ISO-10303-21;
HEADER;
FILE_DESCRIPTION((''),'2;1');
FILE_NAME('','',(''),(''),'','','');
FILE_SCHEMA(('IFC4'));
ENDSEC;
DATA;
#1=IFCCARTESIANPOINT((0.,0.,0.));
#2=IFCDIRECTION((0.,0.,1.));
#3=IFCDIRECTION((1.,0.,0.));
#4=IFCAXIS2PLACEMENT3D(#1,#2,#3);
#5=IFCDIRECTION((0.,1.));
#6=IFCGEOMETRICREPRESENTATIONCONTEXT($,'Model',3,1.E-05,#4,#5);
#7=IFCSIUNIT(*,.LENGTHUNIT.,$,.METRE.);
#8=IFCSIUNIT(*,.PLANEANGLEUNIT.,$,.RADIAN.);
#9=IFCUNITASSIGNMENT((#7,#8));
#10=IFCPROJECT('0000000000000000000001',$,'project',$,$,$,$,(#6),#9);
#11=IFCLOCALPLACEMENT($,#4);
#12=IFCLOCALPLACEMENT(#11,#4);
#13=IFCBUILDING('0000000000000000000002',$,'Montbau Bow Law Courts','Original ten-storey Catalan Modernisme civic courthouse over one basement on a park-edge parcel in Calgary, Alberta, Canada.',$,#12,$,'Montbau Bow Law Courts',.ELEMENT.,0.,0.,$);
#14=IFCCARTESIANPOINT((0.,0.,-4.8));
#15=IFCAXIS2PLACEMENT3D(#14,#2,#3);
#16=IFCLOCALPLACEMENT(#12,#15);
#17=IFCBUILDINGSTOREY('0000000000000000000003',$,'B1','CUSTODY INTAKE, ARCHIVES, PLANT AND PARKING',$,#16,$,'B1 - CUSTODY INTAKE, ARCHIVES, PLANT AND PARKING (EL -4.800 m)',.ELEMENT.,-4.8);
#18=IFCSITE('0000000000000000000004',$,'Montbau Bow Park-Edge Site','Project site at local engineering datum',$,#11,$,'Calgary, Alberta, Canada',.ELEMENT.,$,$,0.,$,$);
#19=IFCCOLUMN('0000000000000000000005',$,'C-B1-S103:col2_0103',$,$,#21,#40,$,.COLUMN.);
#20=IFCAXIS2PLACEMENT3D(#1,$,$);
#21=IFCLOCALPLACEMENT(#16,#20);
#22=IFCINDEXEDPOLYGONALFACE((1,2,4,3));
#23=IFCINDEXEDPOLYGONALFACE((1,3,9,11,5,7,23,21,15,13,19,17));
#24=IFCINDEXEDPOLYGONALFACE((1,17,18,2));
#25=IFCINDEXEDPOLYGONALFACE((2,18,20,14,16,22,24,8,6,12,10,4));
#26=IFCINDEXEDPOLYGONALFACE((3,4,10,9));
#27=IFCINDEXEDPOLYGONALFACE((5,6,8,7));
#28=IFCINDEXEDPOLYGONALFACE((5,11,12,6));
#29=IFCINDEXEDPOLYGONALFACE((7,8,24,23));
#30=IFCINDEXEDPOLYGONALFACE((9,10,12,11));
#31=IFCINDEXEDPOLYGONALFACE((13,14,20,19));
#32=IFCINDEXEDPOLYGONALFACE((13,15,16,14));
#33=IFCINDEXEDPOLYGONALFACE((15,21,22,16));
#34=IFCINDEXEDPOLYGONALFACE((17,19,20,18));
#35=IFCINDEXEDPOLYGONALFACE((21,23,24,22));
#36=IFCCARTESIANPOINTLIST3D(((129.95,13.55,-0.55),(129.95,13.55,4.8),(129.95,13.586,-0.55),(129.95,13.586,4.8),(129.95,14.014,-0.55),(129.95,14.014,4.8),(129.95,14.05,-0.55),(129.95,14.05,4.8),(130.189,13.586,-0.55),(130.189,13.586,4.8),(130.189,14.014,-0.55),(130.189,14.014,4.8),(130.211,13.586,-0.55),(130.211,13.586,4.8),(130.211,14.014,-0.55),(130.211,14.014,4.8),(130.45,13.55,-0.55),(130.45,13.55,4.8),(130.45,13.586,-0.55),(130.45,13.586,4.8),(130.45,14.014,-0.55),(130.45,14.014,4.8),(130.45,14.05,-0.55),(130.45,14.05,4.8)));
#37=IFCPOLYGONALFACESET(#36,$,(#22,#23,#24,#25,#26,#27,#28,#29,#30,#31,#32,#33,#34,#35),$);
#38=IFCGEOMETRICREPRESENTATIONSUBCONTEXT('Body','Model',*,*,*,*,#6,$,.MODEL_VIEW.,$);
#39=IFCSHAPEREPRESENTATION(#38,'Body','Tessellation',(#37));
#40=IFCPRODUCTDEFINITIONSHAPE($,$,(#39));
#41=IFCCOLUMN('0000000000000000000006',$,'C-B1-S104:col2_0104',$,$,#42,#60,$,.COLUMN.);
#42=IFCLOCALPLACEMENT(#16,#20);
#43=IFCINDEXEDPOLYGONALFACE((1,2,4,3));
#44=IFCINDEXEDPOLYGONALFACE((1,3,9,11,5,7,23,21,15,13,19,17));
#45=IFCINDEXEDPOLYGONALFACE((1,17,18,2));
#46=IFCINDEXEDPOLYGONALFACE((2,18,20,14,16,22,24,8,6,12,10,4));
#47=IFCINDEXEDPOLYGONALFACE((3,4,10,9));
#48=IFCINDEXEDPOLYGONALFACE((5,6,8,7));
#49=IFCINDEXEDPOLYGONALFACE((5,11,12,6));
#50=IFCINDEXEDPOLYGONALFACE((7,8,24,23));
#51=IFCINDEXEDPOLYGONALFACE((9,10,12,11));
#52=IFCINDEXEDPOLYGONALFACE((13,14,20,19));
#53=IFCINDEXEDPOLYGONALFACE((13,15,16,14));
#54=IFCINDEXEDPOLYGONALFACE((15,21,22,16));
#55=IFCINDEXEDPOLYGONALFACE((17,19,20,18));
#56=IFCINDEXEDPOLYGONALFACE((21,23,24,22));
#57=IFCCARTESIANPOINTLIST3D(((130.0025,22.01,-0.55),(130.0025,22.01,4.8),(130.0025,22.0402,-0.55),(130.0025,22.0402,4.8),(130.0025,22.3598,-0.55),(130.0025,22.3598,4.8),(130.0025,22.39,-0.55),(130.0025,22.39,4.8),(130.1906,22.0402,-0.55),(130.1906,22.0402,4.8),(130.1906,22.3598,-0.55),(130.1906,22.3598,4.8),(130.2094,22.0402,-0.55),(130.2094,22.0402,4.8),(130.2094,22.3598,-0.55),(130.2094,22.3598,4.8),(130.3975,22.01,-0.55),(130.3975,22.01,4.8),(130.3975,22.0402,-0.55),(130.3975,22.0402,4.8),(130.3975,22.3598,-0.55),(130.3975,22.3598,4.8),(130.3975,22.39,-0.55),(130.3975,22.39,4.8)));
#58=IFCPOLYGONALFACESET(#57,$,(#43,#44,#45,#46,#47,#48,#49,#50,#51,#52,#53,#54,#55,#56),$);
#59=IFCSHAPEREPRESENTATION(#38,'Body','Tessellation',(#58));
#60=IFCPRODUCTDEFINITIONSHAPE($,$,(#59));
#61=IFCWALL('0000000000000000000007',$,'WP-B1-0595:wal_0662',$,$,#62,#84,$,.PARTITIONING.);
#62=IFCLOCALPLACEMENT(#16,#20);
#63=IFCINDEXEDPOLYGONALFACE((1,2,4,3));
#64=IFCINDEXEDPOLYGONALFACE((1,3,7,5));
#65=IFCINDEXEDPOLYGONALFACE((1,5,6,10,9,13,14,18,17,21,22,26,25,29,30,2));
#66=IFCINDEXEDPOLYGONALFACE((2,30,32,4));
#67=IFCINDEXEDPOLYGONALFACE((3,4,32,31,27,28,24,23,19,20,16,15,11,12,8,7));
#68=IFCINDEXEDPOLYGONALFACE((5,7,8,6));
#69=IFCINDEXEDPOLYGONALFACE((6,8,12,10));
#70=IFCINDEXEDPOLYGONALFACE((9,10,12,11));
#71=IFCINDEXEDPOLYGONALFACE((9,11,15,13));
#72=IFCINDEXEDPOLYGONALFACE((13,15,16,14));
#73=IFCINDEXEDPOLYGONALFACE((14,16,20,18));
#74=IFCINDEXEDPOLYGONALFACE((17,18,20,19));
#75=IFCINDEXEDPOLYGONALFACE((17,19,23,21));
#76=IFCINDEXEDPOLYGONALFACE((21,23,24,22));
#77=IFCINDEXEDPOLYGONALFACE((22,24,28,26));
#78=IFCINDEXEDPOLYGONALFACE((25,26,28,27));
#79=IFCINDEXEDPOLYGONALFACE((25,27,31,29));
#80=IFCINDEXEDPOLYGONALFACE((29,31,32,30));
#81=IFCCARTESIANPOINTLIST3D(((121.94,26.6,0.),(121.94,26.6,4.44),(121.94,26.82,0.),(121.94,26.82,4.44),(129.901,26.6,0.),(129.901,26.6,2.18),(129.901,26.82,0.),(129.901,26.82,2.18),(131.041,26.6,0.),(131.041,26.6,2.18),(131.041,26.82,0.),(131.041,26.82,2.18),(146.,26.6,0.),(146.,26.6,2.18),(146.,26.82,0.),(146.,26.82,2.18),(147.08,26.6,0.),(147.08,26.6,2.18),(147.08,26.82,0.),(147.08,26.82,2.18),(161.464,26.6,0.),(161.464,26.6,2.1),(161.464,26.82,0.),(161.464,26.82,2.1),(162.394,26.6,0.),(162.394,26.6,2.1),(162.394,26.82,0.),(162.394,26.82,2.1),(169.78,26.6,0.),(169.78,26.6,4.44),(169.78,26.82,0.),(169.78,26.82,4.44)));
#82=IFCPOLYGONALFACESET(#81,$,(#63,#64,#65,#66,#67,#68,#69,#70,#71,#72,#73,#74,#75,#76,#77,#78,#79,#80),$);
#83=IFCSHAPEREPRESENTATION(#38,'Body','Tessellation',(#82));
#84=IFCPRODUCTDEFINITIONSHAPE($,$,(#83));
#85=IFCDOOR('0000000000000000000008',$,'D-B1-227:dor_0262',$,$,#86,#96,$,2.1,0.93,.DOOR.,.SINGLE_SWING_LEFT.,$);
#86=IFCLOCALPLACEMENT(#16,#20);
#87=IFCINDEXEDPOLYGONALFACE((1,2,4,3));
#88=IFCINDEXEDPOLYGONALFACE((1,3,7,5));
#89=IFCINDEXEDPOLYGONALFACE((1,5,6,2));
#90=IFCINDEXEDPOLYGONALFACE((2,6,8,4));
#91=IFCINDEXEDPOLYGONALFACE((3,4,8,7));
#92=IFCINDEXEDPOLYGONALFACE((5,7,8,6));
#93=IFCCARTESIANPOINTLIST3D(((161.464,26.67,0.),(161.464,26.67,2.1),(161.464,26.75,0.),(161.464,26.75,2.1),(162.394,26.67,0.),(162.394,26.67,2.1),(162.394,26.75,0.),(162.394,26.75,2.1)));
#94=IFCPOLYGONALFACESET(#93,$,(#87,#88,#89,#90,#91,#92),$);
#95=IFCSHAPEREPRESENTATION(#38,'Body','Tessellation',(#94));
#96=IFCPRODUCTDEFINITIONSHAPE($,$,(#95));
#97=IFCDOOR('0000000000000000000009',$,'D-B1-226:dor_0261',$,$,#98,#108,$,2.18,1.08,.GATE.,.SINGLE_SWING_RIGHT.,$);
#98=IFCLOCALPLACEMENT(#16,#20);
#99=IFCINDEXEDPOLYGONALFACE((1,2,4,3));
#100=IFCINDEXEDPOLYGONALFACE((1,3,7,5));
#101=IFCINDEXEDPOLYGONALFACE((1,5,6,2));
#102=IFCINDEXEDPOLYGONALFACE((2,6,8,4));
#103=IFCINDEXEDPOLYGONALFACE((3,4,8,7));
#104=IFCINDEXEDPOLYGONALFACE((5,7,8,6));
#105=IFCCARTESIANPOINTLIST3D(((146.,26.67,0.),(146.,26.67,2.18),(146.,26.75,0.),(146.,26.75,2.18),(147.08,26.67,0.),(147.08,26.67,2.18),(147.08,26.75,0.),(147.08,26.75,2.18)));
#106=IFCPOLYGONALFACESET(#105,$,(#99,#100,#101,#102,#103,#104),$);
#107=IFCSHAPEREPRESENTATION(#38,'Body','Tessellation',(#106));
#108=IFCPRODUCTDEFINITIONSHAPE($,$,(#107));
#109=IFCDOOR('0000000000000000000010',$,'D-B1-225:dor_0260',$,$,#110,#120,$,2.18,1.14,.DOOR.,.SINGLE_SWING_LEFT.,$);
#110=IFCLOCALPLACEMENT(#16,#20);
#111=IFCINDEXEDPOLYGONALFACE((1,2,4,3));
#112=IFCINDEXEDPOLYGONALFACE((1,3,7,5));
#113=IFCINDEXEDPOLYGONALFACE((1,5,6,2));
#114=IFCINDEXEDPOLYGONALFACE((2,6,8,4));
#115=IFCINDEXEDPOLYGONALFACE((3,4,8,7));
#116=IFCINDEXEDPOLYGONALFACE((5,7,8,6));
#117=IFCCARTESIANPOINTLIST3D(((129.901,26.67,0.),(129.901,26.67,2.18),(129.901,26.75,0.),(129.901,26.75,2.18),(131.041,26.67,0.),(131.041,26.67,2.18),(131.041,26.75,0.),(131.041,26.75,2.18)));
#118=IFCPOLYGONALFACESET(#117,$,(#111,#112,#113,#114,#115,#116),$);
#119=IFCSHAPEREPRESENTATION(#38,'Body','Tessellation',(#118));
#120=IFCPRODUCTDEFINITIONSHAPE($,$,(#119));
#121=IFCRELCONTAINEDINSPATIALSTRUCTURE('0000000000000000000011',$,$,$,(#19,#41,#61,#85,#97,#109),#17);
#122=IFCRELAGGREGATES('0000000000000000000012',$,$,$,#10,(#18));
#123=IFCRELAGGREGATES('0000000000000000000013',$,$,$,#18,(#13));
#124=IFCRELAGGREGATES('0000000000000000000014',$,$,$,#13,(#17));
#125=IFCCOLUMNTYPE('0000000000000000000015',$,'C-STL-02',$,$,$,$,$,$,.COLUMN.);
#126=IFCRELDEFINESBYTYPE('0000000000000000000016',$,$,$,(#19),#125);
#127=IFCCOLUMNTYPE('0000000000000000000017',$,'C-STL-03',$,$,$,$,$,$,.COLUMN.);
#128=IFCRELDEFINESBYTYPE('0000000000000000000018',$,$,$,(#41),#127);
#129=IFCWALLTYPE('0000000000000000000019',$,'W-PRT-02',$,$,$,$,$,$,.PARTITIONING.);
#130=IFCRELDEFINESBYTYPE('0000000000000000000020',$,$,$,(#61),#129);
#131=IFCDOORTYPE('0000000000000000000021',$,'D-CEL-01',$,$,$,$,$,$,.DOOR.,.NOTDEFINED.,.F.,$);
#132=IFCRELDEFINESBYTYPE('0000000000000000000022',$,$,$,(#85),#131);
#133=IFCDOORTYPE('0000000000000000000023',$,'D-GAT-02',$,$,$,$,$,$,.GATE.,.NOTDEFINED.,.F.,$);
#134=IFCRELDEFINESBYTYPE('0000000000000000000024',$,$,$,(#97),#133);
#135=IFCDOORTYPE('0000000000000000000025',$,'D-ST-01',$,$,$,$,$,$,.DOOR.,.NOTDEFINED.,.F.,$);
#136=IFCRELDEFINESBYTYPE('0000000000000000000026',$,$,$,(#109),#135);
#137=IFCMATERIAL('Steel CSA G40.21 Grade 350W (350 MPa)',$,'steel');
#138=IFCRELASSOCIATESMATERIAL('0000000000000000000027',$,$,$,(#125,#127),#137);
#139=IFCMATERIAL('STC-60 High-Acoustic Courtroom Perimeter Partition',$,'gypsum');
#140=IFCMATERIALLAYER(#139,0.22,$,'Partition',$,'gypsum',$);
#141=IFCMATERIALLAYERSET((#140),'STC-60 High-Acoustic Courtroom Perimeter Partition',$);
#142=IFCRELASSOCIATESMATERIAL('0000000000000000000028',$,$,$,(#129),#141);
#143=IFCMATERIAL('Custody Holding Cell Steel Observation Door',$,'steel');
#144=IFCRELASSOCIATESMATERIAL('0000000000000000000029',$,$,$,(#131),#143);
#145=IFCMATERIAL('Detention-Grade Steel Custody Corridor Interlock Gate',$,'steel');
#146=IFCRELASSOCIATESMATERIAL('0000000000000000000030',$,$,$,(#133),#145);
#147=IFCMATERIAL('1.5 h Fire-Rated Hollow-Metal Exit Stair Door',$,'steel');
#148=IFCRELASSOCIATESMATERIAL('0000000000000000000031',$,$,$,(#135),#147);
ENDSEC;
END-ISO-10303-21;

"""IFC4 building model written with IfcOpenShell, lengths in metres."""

from ifc_helpers import new_model, si_unit, direction, frame, frame_2d, origin_with_axes, origin_2d_with_axis, place, context, subcontext, project, spatial, rectangle, i_section, extrude, material, layer, layer_set, material_profile, profile_set, type_object, element, fill, save


model = new_model("IFC4")

# Units and contexts
model_context = context("Model", 3, precision=1e-05, world=origin_with_axes(), true_north=direction((0.0, 1.0)))
body_context = subcontext(model_context, "Body", "Model", "MODEL_VIEW")
ifc_project = project(units=[si_unit("LENGTHUNIT", "METRE"), si_unit("PLANEANGLEUNIT", "RADIAN")], contexts=[model_context])

# Site, building, storey
site_placement = place(None, origin_with_axes())
site = spatial("IfcSite", under=ifc_project, at=site_placement, Name="Montbau Bow Park-Edge Site", Description="Project site at local engineering datum", LongName="Calgary, Alberta, Canada", CompositionType="ELEMENT", RefElevation=0.0)
building_placement = place(site_placement, origin_with_axes())
building = spatial("IfcBuilding", under=site, at=building_placement, Name="Montbau Bow Law Courts", Description="Original ten-storey Catalan Modernisme civic courthouse over one basement on a park-edge parcel in Calgary, Alberta, Canada.", LongName="Montbau Bow Law Courts", CompositionType="ELEMENT", ElevationOfRefHeight=0.0, ElevationOfTerrain=0.0)
storey_placement = place(building_placement, frame((0.0, 0.0, -4.8), z_axis=(0.0, 0.0, 1.0), x_axis=(1.0, 0.0, 0.0)))
storey = spatial("IfcBuildingStorey", under=building, at=storey_placement, Name="B1", Description="CUSTODY INTAKE, ARCHIVES, PLANT AND PARKING", LongName="B1 - CUSTODY INTAKE, ARCHIVES, PLANT AND PARKING (EL -4.800 m)", CompositionType="ELEMENT", Elevation=-4.8)

# Columns
ifc_material_1 = material(Name="Steel CSA G40.21 Grade 350W (350 MPa)", Category="steel")
ifc_material_profile_1 = material_profile(ifc_material_1, i_section(OverallWidth=0.5, OverallDepth=0.5, WebThickness=0.022, FlangeThickness=0.036, at=origin_2d_with_axis()), Name="WWF500X343", Category="Main", Priority=0)
ifc_profile_set_1 = profile_set([ifc_material_profile_1], Name="Steel CSA G40.21 Grade 350W (350 MPa)")
column_type_1 = type_object("IfcColumnType", Name="C-STL-02", PredefinedType="COLUMN", material=ifc_profile_set_1)
column_1_placement = place(None, frame((130.2, 13.8, -5.35), z_axis=(0.0, 0.0, 1.0), x_axis=(1.0, 0.0, 0.0)))
element("IfcColumn", 1, at=column_1_placement, inside=storey, type_object=column_type_1, Name="C-B1-S103:col2_0103", PredefinedType="COLUMN", context=body_context, shape_type="SweptSolid", body=[
    extrude(i_section(OverallWidth=0.5, OverallDepth=0.5, WebThickness=0.022, FlangeThickness=0.036, at=origin_2d_with_axis()), origin_with_axes(), (0.0, 0.0, 1.0), 5.35),
])
ifc_material_profile_2 = material_profile(ifc_material_1, i_section(OverallWidth=0.395, OverallDepth=0.38, WebThickness=0.0189, FlangeThickness=0.0302, at=origin_2d_with_axis()), Name="W360X237", Category="Main", Priority=0)
ifc_profile_set_2 = profile_set([ifc_material_profile_2], Name="Steel CSA G40.21 Grade 350W (350 MPa)")
column_type_2 = type_object("IfcColumnType", Name="C-STL-03", PredefinedType="COLUMN", material=ifc_profile_set_2)
column_2_placement = place(None, frame((130.2, 22.2, -5.35), z_axis=(0.0, 0.0, 1.0), x_axis=(1.0, 0.0, 0.0)))
element("IfcColumn", 2, at=column_2_placement, inside=storey, type_object=column_type_2, Name="C-B1-S104:col2_0104", PredefinedType="COLUMN", context=body_context, shape_type="SweptSolid", body=[
    extrude(i_section(OverallWidth=0.395, OverallDepth=0.38, WebThickness=0.0189, FlangeThickness=0.0302, at=origin_2d_with_axis()), origin_with_axes(), (0.0, 0.0, 1.0), 5.35),
])

# Wall, openings, doors
ifc_material_2 = material(Name="STC-60 High-Acoustic Courtroom Perimeter Partition", Category="gypsum")
ifc_layer = layer(ifc_material_2, 0.22, Name="Partition", Category="gypsum")
ifc_layer_set = layer_set([ifc_layer], Name="STC-60 High-Acoustic Courtroom Perimeter Partition")
wall_type = type_object("IfcWallType", Name="W-PRT-02", PredefinedType="PARTITIONING", material=ifc_layer_set)
wall_placement = place(None, frame((121.94, 26.71, -4.8), z_axis=(0.0, 0.0, 1.0), x_axis=(1.0, 0.0, 0.0)))
wall = element("IfcWall", 3, at=wall_placement, inside=storey, type_object=wall_type, Name="WP-B1-0595:wal_0662", PredefinedType="PARTITIONING", context=body_context, shape_type="SweptSolid", body=[
    extrude(rectangle(XDim=47.84, YDim=0.22, at=frame_2d((23.92, 0.0), x_axis=(1.0, 0.0))), origin_with_axes(), (0.0, 0.0, 1.0), 4.44),
])
opening_1_placement = place(None, frame((130.471, 26.71, -4.8), z_axis=(0.0, 0.0, 1.0), x_axis=(1.0, 0.0, 0.0)))
opening_1 = element("IfcOpeningElement", 4, at=opening_1_placement, cuts=wall, PredefinedType="OPENING", context=body_context, shape_type="SweptSolid", body=[
    extrude(rectangle(XDim=1.14, YDim=2.18, at=frame_2d((0.0, 1.09), x_axis=(1.0, 0.0))), frame((0.0, 0.12, 0.0), z_axis=(0.0, -1.0, 0.0), x_axis=(1.0, 0.0, 0.0)), (0.0, 0.0, 1.0), 0.24),
])
opening_2_placement = place(None, frame((146.54, 26.71, -4.8), z_axis=(0.0, 0.0, 1.0), x_axis=(1.0, 0.0, 0.0)))
opening_2 = element("IfcOpeningElement", 5, at=opening_2_placement, cuts=wall, PredefinedType="OPENING", context=body_context, shape_type="SweptSolid", body=[
    extrude(rectangle(XDim=1.08, YDim=2.18, at=frame_2d((0.0, 1.09), x_axis=(1.0, 0.0))), frame((0.0, 0.12, 0.0), z_axis=(0.0, -1.0, 0.0), x_axis=(1.0, 0.0, 0.0)), (0.0, 0.0, 1.0), 0.24),
])
opening_3_placement = place(None, frame((161.929, 26.71, -4.8), z_axis=(0.0, 0.0, 1.0), x_axis=(1.0, 0.0, 0.0)))
opening_3 = element("IfcOpeningElement", 6, at=opening_3_placement, cuts=wall, PredefinedType="OPENING", context=body_context, shape_type="SweptSolid", body=[
    extrude(rectangle(XDim=0.93, YDim=2.1, at=frame_2d((0.0, 1.05), x_axis=(1.0, 0.0))), frame((0.0, 0.12, 0.0), z_axis=(0.0, -1.0, 0.0), x_axis=(1.0, 0.0, 0.0)), (0.0, 0.0, 1.0), 0.24),
])
ifc_material_3 = material(Name="Custody Holding Cell Steel Observation Door", Category="steel")
door_type_1 = type_object("IfcDoorType", Name="D-CEL-01", OperationType="NOTDEFINED", ParameterTakesPrecedence=False, PredefinedType="DOOR", material=ifc_material_3)
door_1_placement = place(None, frame((161.929, 26.71, -4.8), z_axis=(0.0, 0.0, 1.0), x_axis=(1.0, 0.0, 0.0)))
door_1 = element("IfcDoor", 7, at=door_1_placement, inside=storey, type_object=door_type_1, Name="D-B1-227:dor_0262", OperationType="SINGLE_SWING_LEFT", OverallHeight=2.1, OverallWidth=0.93, PredefinedType="DOOR", context=body_context, shape_type="SweptSolid", body=[
    extrude(rectangle(XDim=0.93, YDim=2.1, at=frame_2d((0.0, 1.05), x_axis=(1.0, 0.0))), frame((0.0, 0.04, 0.0), z_axis=(0.0, -1.0, 0.0), x_axis=(1.0, 0.0, 0.0)), (0.0, 0.0, 1.0), 0.08),
])
fill(opening_3, door_1)
ifc_material_4 = material(Name="Detention-Grade Steel Custody Corridor Interlock Gate", Category="steel")
door_type_2 = type_object("IfcDoorType", Name="D-GAT-02", OperationType="NOTDEFINED", ParameterTakesPrecedence=False, PredefinedType="GATE", material=ifc_material_4)
door_2_placement = place(None, frame((146.54, 26.71, -4.8), z_axis=(0.0, 0.0, 1.0), x_axis=(1.0, 0.0, 0.0)))
door_2 = element("IfcDoor", 8, at=door_2_placement, inside=storey, type_object=door_type_2, Name="D-B1-226:dor_0261", OperationType="SINGLE_SWING_RIGHT", OverallHeight=2.18, OverallWidth=1.08, PredefinedType="GATE", context=body_context, shape_type="SweptSolid", body=[
    extrude(rectangle(XDim=1.08, YDim=2.18, at=frame_2d((0.0, 1.09), x_axis=(1.0, 0.0))), frame((0.0, 0.04, 0.0), z_axis=(0.0, -1.0, 0.0), x_axis=(1.0, 0.0, 0.0)), (0.0, 0.0, 1.0), 0.08),
])
fill(opening_2, door_2)
ifc_material_5 = material(Name="1.5 h Fire-Rated Hollow-Metal Exit Stair Door", Category="steel")
door_type_3 = type_object("IfcDoorType", Name="D-ST-01", OperationType="NOTDEFINED", ParameterTakesPrecedence=False, PredefinedType="DOOR", material=ifc_material_5)
door_3_placement = place(None, frame((130.471, 26.71, -4.8), z_axis=(0.0, 0.0, 1.0), x_axis=(1.0, 0.0, 0.0)))
door_3 = element("IfcDoor", 9, at=door_3_placement, inside=storey, type_object=door_type_3, Name="D-B1-225:dor_0260", OperationType="SINGLE_SWING_LEFT", OverallHeight=2.18, OverallWidth=1.14, PredefinedType="DOOR", context=body_context, shape_type="SweptSolid", body=[
    extrude(rectangle(XDim=1.14, YDim=2.18, at=frame_2d((0.0, 1.09), x_axis=(1.0, 0.0))), frame((0.0, 0.04, 0.0), z_axis=(0.0, -1.0, 0.0), x_axis=(1.0, 0.0, 0.0)), (0.0, 0.0, 1.0), 0.08),
])
fill(opening_1, door_3)

save(model, "model.ifc")
